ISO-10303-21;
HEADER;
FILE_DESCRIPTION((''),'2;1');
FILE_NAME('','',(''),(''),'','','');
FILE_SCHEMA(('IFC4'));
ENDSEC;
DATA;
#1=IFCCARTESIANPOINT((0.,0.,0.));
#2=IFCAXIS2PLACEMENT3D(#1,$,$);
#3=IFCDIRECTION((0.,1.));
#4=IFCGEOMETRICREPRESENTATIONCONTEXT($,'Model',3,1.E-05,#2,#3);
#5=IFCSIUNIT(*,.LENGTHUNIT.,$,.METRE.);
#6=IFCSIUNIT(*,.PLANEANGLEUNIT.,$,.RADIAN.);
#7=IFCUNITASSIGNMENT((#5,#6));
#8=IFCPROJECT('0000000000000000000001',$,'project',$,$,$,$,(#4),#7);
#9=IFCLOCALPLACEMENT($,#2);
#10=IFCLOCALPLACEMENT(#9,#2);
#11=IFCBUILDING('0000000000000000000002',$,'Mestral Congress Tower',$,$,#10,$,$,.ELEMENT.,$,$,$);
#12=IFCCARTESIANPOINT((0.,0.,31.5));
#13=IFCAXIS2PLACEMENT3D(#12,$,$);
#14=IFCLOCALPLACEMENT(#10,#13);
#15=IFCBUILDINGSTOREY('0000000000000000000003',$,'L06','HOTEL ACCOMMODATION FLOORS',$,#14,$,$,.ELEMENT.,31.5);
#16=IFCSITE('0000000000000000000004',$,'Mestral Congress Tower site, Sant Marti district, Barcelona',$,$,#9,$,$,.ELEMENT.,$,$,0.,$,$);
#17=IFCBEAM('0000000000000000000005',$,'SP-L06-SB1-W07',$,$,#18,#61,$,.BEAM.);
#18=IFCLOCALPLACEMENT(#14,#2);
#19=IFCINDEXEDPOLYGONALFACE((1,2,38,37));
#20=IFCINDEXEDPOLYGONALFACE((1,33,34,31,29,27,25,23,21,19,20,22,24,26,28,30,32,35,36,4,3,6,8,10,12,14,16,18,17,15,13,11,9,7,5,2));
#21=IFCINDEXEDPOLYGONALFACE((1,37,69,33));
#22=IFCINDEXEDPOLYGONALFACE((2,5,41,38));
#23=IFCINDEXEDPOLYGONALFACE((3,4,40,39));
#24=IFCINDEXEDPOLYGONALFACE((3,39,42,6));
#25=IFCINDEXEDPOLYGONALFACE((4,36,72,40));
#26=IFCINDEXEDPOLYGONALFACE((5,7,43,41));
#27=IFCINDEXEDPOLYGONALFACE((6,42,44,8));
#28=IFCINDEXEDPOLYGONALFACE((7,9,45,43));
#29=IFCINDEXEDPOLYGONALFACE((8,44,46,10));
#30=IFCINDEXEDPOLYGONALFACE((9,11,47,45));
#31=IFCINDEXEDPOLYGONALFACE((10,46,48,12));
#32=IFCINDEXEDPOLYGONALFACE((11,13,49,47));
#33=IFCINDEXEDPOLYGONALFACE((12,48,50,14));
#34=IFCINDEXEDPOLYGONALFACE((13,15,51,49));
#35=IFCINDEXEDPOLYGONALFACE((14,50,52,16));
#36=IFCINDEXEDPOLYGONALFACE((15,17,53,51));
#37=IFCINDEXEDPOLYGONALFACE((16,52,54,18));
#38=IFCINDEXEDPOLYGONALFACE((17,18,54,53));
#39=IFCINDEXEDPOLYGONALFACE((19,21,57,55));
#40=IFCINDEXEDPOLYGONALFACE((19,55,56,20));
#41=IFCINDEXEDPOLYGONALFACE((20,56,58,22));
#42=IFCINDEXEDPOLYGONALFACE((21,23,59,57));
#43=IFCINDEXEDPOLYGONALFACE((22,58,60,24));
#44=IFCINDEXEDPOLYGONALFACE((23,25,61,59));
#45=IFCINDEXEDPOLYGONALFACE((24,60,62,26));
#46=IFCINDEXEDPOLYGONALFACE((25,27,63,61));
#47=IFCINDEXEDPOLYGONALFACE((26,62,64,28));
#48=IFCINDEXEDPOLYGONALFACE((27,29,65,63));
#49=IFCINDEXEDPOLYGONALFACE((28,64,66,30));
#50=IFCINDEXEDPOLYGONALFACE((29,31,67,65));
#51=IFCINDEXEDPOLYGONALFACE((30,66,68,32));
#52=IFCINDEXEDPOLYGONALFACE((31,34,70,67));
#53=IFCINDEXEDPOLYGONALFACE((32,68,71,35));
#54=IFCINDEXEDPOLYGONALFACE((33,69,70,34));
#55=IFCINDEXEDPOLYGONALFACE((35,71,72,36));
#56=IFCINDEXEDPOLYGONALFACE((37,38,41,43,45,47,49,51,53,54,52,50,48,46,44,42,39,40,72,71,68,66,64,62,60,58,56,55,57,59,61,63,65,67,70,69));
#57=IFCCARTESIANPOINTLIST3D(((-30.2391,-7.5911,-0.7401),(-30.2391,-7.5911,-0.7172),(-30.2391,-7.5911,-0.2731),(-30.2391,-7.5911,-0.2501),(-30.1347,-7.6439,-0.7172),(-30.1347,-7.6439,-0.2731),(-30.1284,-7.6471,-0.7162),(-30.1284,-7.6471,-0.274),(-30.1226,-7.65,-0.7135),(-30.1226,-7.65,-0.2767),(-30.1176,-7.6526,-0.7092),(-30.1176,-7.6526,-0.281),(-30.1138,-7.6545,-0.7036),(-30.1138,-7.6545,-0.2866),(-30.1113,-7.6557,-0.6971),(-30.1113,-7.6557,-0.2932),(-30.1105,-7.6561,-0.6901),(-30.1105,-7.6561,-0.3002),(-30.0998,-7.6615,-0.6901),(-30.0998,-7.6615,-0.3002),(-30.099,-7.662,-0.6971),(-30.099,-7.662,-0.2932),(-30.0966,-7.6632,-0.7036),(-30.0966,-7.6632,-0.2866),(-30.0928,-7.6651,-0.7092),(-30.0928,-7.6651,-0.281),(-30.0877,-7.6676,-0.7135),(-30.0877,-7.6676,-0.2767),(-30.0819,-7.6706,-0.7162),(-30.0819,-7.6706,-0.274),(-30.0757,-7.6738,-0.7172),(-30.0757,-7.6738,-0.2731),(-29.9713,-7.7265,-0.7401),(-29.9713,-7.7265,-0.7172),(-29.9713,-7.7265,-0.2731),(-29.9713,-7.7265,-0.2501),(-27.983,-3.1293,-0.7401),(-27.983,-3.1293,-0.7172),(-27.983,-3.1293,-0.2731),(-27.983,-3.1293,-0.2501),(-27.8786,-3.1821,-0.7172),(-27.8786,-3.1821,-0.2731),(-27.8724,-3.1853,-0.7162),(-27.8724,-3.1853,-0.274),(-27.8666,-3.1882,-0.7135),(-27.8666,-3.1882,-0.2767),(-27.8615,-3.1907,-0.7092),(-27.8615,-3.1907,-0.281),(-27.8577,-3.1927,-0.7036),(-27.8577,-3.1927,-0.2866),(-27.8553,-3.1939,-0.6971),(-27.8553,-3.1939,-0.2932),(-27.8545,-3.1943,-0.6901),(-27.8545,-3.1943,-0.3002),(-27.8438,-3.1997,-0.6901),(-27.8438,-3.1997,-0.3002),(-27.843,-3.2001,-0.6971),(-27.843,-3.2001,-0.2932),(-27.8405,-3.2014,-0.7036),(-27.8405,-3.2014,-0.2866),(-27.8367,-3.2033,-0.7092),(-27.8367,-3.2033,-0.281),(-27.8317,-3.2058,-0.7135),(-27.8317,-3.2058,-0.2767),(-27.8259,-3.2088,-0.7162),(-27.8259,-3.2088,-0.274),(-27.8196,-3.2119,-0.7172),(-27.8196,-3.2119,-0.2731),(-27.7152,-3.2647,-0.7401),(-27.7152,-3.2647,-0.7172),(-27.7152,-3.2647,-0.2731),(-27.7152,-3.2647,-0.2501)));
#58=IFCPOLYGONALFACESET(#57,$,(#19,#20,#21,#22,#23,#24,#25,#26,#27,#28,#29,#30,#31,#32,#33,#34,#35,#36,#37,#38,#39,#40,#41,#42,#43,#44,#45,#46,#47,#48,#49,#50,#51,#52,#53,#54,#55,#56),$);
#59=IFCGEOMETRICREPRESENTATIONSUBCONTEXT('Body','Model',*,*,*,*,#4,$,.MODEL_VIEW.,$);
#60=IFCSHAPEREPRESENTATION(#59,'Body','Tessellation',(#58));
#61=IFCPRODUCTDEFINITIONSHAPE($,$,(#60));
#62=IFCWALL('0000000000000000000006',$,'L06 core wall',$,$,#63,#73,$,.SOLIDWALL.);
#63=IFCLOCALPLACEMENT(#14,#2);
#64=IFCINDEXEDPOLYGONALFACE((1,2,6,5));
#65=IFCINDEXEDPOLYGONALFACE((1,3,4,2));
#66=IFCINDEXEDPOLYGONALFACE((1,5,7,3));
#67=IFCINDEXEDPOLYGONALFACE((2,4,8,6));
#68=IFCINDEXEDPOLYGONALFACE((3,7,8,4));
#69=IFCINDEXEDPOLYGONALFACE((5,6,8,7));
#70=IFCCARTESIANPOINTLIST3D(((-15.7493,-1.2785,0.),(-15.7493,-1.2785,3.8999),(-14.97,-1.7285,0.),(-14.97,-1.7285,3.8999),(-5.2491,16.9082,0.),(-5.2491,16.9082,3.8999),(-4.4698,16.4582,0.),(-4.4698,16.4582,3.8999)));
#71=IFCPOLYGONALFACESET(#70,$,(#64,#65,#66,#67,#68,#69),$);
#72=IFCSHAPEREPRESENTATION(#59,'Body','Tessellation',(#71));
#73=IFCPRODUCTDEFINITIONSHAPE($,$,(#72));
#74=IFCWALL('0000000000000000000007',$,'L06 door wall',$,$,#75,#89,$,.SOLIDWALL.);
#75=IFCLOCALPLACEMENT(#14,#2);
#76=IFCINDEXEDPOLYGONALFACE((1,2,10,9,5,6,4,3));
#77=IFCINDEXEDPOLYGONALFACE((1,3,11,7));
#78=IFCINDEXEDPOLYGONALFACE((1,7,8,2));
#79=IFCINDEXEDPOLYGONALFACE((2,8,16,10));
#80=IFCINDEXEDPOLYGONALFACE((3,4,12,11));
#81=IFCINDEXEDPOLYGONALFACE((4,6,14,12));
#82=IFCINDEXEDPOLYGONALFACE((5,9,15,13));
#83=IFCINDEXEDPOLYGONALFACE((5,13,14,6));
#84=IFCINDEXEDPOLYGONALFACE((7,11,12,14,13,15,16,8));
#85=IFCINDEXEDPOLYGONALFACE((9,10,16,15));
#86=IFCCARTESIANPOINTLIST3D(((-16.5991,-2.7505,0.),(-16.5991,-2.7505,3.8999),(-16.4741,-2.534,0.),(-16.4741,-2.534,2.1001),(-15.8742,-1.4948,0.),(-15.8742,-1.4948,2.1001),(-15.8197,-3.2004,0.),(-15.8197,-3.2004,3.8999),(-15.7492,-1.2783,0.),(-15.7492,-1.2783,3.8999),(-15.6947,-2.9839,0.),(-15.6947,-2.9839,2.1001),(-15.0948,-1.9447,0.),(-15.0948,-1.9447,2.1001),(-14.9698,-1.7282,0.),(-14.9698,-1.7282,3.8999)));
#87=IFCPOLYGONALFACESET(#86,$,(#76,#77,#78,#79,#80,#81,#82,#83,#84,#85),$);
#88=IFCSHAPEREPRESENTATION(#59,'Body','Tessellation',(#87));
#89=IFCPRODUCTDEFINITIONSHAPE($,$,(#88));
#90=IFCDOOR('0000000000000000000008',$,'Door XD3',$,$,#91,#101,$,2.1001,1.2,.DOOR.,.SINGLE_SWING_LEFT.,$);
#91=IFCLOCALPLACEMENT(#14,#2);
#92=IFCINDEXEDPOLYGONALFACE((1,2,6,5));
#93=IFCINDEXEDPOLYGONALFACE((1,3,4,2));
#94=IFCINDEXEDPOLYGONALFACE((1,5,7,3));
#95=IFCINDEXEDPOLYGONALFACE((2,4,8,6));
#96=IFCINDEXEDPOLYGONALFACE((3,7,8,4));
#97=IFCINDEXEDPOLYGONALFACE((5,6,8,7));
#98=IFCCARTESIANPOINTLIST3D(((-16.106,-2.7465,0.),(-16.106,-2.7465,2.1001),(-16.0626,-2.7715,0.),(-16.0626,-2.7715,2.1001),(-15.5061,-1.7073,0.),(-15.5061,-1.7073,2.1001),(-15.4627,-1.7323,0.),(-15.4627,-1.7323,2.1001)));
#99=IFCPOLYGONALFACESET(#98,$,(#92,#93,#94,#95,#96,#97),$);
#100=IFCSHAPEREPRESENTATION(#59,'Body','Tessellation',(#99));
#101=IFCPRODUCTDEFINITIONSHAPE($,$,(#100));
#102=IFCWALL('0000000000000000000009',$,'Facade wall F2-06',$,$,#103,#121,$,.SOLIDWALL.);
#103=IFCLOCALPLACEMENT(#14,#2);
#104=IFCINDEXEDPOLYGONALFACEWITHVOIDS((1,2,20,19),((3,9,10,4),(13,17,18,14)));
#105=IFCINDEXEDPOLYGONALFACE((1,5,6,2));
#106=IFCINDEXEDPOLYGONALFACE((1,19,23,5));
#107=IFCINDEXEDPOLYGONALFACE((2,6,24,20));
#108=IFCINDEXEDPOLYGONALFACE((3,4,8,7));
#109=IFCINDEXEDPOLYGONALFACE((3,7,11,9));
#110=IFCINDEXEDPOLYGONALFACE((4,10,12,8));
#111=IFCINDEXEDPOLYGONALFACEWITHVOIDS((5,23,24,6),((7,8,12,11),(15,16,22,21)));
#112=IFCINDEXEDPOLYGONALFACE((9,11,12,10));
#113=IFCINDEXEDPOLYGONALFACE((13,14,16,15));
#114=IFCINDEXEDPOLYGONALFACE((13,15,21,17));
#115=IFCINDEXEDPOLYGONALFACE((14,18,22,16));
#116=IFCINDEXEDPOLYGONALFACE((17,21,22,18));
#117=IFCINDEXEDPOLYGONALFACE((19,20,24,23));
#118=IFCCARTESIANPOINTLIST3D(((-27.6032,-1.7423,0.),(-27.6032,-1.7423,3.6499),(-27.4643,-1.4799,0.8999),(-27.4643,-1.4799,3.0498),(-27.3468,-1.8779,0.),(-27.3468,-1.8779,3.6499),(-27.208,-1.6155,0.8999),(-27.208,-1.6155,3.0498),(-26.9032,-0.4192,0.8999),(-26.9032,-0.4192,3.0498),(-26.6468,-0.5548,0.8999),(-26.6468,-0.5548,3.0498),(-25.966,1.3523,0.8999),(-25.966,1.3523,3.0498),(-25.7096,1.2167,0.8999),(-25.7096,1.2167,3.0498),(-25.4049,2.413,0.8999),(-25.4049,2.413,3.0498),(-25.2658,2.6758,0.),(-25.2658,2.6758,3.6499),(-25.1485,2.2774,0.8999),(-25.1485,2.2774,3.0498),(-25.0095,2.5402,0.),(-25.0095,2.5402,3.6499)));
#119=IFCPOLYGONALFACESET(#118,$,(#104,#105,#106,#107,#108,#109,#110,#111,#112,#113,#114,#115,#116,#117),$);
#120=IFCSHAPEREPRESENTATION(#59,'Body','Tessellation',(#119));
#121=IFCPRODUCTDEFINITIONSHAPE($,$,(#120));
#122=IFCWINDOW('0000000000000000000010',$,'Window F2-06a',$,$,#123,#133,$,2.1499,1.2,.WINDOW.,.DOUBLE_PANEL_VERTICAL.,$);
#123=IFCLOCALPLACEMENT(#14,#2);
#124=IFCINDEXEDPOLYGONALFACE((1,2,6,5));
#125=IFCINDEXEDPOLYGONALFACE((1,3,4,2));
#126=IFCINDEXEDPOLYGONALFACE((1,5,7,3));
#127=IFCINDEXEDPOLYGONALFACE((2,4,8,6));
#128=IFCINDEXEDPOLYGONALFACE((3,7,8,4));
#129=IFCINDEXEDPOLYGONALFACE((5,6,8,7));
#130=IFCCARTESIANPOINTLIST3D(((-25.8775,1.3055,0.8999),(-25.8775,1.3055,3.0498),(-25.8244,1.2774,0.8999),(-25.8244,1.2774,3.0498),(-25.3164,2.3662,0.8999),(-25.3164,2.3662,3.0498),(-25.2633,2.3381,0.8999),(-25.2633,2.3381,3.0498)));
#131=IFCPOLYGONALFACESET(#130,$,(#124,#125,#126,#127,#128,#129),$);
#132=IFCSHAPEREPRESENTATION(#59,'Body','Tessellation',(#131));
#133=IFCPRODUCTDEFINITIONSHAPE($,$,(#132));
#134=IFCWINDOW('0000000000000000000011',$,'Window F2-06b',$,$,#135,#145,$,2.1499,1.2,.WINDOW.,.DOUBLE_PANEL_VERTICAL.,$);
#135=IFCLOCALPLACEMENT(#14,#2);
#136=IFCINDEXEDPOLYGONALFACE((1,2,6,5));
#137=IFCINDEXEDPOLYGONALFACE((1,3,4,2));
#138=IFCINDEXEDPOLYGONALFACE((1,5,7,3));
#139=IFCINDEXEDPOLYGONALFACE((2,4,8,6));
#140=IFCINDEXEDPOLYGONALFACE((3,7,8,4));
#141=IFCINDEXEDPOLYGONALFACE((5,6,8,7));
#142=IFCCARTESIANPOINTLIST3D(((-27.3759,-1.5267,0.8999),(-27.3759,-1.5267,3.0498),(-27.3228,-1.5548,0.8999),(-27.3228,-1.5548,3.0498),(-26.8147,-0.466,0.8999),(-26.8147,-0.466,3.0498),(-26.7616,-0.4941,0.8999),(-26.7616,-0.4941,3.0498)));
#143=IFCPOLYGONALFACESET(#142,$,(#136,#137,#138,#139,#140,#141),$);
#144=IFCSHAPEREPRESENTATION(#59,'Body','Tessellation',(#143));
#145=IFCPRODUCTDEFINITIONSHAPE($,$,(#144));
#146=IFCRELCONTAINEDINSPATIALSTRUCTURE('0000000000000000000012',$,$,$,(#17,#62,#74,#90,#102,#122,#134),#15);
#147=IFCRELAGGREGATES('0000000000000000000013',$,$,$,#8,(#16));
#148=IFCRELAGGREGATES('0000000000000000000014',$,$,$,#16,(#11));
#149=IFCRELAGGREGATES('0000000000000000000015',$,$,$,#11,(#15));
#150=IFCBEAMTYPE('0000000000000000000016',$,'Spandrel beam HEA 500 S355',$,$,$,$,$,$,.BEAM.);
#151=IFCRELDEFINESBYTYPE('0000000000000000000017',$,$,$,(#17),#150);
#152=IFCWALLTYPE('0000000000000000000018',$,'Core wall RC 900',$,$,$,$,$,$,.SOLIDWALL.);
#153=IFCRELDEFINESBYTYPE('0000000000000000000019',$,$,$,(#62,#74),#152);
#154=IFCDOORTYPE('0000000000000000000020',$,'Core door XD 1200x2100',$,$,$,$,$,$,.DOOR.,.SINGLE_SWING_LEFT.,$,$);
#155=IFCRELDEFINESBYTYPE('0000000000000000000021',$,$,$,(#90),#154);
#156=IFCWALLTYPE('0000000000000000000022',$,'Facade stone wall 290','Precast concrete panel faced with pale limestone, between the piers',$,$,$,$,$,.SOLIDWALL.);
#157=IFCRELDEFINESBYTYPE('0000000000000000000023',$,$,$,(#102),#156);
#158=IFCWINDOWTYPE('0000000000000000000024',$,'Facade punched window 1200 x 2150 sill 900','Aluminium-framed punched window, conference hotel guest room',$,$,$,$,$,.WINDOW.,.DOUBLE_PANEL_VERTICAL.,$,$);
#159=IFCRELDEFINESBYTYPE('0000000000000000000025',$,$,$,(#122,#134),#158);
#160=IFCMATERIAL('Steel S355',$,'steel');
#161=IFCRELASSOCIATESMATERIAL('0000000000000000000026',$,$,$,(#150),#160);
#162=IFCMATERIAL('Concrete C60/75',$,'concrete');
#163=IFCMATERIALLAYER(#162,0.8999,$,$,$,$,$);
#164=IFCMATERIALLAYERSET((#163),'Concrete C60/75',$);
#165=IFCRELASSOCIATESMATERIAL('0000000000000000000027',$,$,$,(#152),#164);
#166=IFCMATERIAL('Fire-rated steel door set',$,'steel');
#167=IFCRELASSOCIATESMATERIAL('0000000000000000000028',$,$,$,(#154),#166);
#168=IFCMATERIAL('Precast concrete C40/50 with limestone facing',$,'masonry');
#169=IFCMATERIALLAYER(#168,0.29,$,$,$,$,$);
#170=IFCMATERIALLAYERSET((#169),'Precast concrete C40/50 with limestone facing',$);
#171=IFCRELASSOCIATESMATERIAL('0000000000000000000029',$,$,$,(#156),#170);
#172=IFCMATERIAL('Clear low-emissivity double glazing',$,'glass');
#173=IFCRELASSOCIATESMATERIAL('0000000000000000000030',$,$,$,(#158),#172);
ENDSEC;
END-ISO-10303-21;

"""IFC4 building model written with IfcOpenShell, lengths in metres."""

from ifc_helpers import new_model, si_unit, direction, frame, frame_2d, origin, origin_2d, place, context, subcontext, project, spatial, rectangle, i_section, extrude, material, layer, layer_set, material_profile, profile_set, type_object, element, fill, save


model = new_model("IFC4")

# Units and contexts
model_context = context("Model", 3, precision=1e-05, world=origin(), true_north=direction((0.0, 1.0)))
body_context = subcontext(model_context, "Body", "Model", "MODEL_VIEW")
ifc_project = project(units=[si_unit("LENGTHUNIT", "METRE"), si_unit("PLANEANGLEUNIT", "RADIAN")], contexts=[model_context])

# Site, building, storey
site_placement = place(None, origin())
site = spatial("IfcSite", under=ifc_project, at=site_placement, Name="Mestral Congress Tower site, Sant Marti district, Barcelona", CompositionType="ELEMENT", RefElevation=0.0)
building_placement = place(site_placement, origin())
building = spatial("IfcBuilding", under=site, at=building_placement, Name="Mestral Congress Tower", CompositionType="ELEMENT")
storey_placement = place(building_placement, frame((0.0, 0.0, 31.5)))
storey = spatial("IfcBuildingStorey", under=building, at=storey_placement, Name="L06", Description="HOTEL ACCOMMODATION FLOORS", CompositionType="ELEMENT", Elevation=31.5)

# Beam
ifc_material_1 = material(Name="Steel S355", Category="steel")
ifc_material_profile_1 = material_profile(ifc_material_1, i_section(OverallWidth=0.3, OverallDepth=0.49, WebThickness=0.012, FlangeThickness=0.0229, FilletRadius=0.0271, at=origin_2d()), Name="HEA 500")
ifc_profile_set_1 = profile_set([ifc_material_profile_1], Name="Steel S355")
beam_type_1 = type_object("IfcBeamType", Name="Spandrel beam HEA 500 S355", PredefinedType="BEAM", material=ifc_profile_set_1)
beam_1_placement = place(storey_placement, frame((-27.8491, -3.197, -0.4951), z_axis=(-0.451233, -0.892406, 0.0), x_axis=(0.892406, -0.451233, 0.0)))
element("IfcBeam", 1, at=beam_1_placement, inside=storey, type_object=beam_type_1, Name="SP-L06-SB1-W07", PredefinedType="BEAM", context=body_context, shape_type="SweptSolid", body=[
    extrude(i_section(OverallWidth=0.3, OverallDepth=0.49, WebThickness=0.012, FlangeThickness=0.0229, FilletRadius=0.0271, at=origin_2d()), origin(), (0.0, 0.0, 1.0), 4.9998),
])

# Wall
ifc_material_2 = material(Name="Concrete C60/75", Category="concrete")
ifc_layer_1 = layer(ifc_material_2, 0.8999)
ifc_layer_set_1 = layer_set([ifc_layer_1], Name="Concrete C60/75")
wall_type_1 = type_object("IfcWallType", Name="Core wall RC 900", PredefinedType="SOLIDWALL", material=ifc_layer_set_1)
wall_1_placement = place(storey_placement, frame((-15.3596, -1.5034, 0.0), z_axis=(0.0, 0.0, 1.0), x_axis=(0.500004, 0.866023, 0.0)))
element("IfcWall", 2, at=wall_1_placement, inside=storey, type_object=wall_type_1, Name="L06 core wall", PredefinedType="SOLIDWALL", context=body_context, shape_type="SweptSolid", body=[
    extrude(rectangle(XDim=21.0002, YDim=0.8999, at=frame_2d((10.5, 0.0))), origin(), (0.0, 0.0, 1.0), 3.8999),
])

# Wall, opening, door
wall_2_placement = place(storey_placement, frame((-16.2095, -2.9756, 0.0), z_axis=(0.0, 0.0, 1.0), x_axis=(0.499955, 0.866052, 0.0)))
wall_2 = element("IfcWall", 3, at=wall_2_placement, inside=storey, type_object=wall_type_1, Name="L06 door wall", PredefinedType="SOLIDWALL", context=body_context, shape_type="SweptSolid", body=[
    extrude(rectangle(XDim=1.7, YDim=0.8999, at=frame_2d((0.8501, 0.0))), origin(), (0.0, 0.0, 1.0), 3.8999),
])
opening_1_placement = place(wall_2_placement, frame((0.25, 0.0, 0.0)))
opening_1 = element("IfcOpeningElement", 4, at=opening_1_placement, cuts=wall_2, PredefinedType="OPENING", context=body_context, shape_type="SweptSolid", body=[
    extrude(rectangle(XDim=1.2, YDim=2.1001, at=frame_2d((0.6001, 1.05))), frame((0.0, 0.46, 0.0), z_axis=(0.0, -1.0, 0.0), x_axis=(1.0, 0.0, 0.0)), (0.0, 0.0, 1.0), 0.9199),
])
ifc_material_3 = material(Name="Fire-rated steel door set", Category="steel")
door_type = type_object("IfcDoorType", Name="Core door XD 1200x2100", OperationType="SINGLE_SWING_LEFT", PredefinedType="DOOR", material=ifc_material_3)
door_placement = place(opening_1_placement, origin())
door = element("IfcDoor", 5, at=door_placement, inside=storey, type_object=door_type, Name="Door XD3", OperationType="SINGLE_SWING_LEFT", OverallHeight=2.1001, OverallWidth=1.2, PredefinedType="DOOR", context=body_context, shape_type="SweptSolid", body=[
    extrude(rectangle(XDim=1.2, YDim=2.1001, at=frame_2d((0.6001, 1.05))), frame((0.0, 0.0249, 0.0), z_axis=(0.0, -1.0, 0.0), x_axis=(1.0, 0.0, 0.0)), (0.0, 0.0, 1.0), 0.05),
])
fill(opening_1, door)

# Wall, openings, windows
ifc_material_4 = material(Name="Precast concrete C40/50 with limestone facing", Category="masonry")
ifc_layer_2 = layer(ifc_material_4, 0.29)
ifc_layer_set_2 = layer_set([ifc_layer_2], Name="Precast concrete C40/50 with limestone facing")
wall_type_2 = type_object("IfcWallType", Name="Facade stone wall 290", Description="Precast concrete panel faced with pale limestone, between the piers", PredefinedType="SOLIDWALL", material=ifc_layer_set_2)
wall_3_placement = place(storey_placement, frame((-25.1377, 2.6079, 0.0), z_axis=(0.0, 0.0, 1.0), x_axis=(-0.46763, -0.883925, 0.0)))
wall_3 = element("IfcWall", 6, at=wall_3_placement, inside=storey, type_object=wall_type_2, Name="Facade wall F2-06", PredefinedType="SOLIDWALL", context=body_context, shape_type="SweptSolid", body=[
    extrude(rectangle(XDim=4.9983, YDim=0.29, at=frame_2d((2.499, 0.0))), origin(), (0.0, 0.0, 1.0), 3.6499),
])
opening_2_placement = place(wall_3_placement, frame((0.2971, 0.0, 0.8999)))
opening_2 = element("IfcOpeningElement", 7, at=opening_2_placement, cuts=wall_3, PredefinedType="OPENING", context=body_context, shape_type="SweptSolid", body=[
    extrude(rectangle(XDim=1.2, YDim=2.1499, at=frame_2d((0.6001, 1.075))), frame((0.0, 0.155, 0.0), z_axis=(0.0, -1.0, 0.0), x_axis=(1.0, 0.0, 0.0)), (0.0, 0.0, 1.0), 0.3101),
])
opening_3_placement = place(wall_3_placement, frame((3.5012, 0.0, 0.8999)))
opening_3 = element("IfcOpeningElement", 8, at=opening_3_placement, cuts=wall_3, PredefinedType="OPENING", context=body_context, shape_type="SweptSolid", body=[
    extrude(rectangle(XDim=1.2, YDim=2.1499, at=frame_2d((0.6001, 1.075))), frame((0.0, 0.155, 0.0), z_axis=(0.0, -1.0, 0.0), x_axis=(1.0, 0.0, 0.0)), (0.0, 0.0, 1.0), 0.3101),
])
ifc_material_5 = material(Name="Clear low-emissivity double glazing", Category="glass")
window_type = type_object("IfcWindowType", Name="Facade punched window 1200 x 2150 sill 900", Description="Aluminium-framed punched window, conference hotel guest room", PartitioningType="DOUBLE_PANEL_VERTICAL", PredefinedType="WINDOW", material=ifc_material_5)
window_1_placement = place(opening_2_placement, origin())
window_1 = element("IfcWindow", 9, at=window_1_placement, inside=storey, type_object=window_type, Name="Window F2-06a", OverallHeight=2.1499, OverallWidth=1.2, PartitioningType="DOUBLE_PANEL_VERTICAL", PredefinedType="WINDOW", context=body_context, shape_type="SweptSolid", body=[
    extrude(rectangle(XDim=1.2, YDim=2.1499, at=frame_2d((0.6001, 1.075))), frame((0.0, 0.0151, 0.0), z_axis=(0.0, -1.0, 0.0), x_axis=(1.0, 0.0, 0.0)), (0.0, 0.0, 1.0), 0.0601),
])
fill(opening_2, window_1)
window_2_placement = place(opening_3_placement, origin())
window_2 = element("IfcWindow", 10, at=window_2_placement, inside=storey, type_object=window_type, Name="Window F2-06b", OverallHeight=2.1499, OverallWidth=1.2, PartitioningType="DOUBLE_PANEL_VERTICAL", PredefinedType="WINDOW", context=body_context, shape_type="SweptSolid", body=[
    extrude(rectangle(XDim=1.2, YDim=2.1499, at=frame_2d((0.6001, 1.075))), frame((0.0, 0.0151, 0.0), z_axis=(0.0, -1.0, 0.0), x_axis=(1.0, 0.0, 0.0)), (0.0, 0.0, 1.0), 0.0601),
])
fill(opening_3, window_2)

save(model, "model.ifc")
